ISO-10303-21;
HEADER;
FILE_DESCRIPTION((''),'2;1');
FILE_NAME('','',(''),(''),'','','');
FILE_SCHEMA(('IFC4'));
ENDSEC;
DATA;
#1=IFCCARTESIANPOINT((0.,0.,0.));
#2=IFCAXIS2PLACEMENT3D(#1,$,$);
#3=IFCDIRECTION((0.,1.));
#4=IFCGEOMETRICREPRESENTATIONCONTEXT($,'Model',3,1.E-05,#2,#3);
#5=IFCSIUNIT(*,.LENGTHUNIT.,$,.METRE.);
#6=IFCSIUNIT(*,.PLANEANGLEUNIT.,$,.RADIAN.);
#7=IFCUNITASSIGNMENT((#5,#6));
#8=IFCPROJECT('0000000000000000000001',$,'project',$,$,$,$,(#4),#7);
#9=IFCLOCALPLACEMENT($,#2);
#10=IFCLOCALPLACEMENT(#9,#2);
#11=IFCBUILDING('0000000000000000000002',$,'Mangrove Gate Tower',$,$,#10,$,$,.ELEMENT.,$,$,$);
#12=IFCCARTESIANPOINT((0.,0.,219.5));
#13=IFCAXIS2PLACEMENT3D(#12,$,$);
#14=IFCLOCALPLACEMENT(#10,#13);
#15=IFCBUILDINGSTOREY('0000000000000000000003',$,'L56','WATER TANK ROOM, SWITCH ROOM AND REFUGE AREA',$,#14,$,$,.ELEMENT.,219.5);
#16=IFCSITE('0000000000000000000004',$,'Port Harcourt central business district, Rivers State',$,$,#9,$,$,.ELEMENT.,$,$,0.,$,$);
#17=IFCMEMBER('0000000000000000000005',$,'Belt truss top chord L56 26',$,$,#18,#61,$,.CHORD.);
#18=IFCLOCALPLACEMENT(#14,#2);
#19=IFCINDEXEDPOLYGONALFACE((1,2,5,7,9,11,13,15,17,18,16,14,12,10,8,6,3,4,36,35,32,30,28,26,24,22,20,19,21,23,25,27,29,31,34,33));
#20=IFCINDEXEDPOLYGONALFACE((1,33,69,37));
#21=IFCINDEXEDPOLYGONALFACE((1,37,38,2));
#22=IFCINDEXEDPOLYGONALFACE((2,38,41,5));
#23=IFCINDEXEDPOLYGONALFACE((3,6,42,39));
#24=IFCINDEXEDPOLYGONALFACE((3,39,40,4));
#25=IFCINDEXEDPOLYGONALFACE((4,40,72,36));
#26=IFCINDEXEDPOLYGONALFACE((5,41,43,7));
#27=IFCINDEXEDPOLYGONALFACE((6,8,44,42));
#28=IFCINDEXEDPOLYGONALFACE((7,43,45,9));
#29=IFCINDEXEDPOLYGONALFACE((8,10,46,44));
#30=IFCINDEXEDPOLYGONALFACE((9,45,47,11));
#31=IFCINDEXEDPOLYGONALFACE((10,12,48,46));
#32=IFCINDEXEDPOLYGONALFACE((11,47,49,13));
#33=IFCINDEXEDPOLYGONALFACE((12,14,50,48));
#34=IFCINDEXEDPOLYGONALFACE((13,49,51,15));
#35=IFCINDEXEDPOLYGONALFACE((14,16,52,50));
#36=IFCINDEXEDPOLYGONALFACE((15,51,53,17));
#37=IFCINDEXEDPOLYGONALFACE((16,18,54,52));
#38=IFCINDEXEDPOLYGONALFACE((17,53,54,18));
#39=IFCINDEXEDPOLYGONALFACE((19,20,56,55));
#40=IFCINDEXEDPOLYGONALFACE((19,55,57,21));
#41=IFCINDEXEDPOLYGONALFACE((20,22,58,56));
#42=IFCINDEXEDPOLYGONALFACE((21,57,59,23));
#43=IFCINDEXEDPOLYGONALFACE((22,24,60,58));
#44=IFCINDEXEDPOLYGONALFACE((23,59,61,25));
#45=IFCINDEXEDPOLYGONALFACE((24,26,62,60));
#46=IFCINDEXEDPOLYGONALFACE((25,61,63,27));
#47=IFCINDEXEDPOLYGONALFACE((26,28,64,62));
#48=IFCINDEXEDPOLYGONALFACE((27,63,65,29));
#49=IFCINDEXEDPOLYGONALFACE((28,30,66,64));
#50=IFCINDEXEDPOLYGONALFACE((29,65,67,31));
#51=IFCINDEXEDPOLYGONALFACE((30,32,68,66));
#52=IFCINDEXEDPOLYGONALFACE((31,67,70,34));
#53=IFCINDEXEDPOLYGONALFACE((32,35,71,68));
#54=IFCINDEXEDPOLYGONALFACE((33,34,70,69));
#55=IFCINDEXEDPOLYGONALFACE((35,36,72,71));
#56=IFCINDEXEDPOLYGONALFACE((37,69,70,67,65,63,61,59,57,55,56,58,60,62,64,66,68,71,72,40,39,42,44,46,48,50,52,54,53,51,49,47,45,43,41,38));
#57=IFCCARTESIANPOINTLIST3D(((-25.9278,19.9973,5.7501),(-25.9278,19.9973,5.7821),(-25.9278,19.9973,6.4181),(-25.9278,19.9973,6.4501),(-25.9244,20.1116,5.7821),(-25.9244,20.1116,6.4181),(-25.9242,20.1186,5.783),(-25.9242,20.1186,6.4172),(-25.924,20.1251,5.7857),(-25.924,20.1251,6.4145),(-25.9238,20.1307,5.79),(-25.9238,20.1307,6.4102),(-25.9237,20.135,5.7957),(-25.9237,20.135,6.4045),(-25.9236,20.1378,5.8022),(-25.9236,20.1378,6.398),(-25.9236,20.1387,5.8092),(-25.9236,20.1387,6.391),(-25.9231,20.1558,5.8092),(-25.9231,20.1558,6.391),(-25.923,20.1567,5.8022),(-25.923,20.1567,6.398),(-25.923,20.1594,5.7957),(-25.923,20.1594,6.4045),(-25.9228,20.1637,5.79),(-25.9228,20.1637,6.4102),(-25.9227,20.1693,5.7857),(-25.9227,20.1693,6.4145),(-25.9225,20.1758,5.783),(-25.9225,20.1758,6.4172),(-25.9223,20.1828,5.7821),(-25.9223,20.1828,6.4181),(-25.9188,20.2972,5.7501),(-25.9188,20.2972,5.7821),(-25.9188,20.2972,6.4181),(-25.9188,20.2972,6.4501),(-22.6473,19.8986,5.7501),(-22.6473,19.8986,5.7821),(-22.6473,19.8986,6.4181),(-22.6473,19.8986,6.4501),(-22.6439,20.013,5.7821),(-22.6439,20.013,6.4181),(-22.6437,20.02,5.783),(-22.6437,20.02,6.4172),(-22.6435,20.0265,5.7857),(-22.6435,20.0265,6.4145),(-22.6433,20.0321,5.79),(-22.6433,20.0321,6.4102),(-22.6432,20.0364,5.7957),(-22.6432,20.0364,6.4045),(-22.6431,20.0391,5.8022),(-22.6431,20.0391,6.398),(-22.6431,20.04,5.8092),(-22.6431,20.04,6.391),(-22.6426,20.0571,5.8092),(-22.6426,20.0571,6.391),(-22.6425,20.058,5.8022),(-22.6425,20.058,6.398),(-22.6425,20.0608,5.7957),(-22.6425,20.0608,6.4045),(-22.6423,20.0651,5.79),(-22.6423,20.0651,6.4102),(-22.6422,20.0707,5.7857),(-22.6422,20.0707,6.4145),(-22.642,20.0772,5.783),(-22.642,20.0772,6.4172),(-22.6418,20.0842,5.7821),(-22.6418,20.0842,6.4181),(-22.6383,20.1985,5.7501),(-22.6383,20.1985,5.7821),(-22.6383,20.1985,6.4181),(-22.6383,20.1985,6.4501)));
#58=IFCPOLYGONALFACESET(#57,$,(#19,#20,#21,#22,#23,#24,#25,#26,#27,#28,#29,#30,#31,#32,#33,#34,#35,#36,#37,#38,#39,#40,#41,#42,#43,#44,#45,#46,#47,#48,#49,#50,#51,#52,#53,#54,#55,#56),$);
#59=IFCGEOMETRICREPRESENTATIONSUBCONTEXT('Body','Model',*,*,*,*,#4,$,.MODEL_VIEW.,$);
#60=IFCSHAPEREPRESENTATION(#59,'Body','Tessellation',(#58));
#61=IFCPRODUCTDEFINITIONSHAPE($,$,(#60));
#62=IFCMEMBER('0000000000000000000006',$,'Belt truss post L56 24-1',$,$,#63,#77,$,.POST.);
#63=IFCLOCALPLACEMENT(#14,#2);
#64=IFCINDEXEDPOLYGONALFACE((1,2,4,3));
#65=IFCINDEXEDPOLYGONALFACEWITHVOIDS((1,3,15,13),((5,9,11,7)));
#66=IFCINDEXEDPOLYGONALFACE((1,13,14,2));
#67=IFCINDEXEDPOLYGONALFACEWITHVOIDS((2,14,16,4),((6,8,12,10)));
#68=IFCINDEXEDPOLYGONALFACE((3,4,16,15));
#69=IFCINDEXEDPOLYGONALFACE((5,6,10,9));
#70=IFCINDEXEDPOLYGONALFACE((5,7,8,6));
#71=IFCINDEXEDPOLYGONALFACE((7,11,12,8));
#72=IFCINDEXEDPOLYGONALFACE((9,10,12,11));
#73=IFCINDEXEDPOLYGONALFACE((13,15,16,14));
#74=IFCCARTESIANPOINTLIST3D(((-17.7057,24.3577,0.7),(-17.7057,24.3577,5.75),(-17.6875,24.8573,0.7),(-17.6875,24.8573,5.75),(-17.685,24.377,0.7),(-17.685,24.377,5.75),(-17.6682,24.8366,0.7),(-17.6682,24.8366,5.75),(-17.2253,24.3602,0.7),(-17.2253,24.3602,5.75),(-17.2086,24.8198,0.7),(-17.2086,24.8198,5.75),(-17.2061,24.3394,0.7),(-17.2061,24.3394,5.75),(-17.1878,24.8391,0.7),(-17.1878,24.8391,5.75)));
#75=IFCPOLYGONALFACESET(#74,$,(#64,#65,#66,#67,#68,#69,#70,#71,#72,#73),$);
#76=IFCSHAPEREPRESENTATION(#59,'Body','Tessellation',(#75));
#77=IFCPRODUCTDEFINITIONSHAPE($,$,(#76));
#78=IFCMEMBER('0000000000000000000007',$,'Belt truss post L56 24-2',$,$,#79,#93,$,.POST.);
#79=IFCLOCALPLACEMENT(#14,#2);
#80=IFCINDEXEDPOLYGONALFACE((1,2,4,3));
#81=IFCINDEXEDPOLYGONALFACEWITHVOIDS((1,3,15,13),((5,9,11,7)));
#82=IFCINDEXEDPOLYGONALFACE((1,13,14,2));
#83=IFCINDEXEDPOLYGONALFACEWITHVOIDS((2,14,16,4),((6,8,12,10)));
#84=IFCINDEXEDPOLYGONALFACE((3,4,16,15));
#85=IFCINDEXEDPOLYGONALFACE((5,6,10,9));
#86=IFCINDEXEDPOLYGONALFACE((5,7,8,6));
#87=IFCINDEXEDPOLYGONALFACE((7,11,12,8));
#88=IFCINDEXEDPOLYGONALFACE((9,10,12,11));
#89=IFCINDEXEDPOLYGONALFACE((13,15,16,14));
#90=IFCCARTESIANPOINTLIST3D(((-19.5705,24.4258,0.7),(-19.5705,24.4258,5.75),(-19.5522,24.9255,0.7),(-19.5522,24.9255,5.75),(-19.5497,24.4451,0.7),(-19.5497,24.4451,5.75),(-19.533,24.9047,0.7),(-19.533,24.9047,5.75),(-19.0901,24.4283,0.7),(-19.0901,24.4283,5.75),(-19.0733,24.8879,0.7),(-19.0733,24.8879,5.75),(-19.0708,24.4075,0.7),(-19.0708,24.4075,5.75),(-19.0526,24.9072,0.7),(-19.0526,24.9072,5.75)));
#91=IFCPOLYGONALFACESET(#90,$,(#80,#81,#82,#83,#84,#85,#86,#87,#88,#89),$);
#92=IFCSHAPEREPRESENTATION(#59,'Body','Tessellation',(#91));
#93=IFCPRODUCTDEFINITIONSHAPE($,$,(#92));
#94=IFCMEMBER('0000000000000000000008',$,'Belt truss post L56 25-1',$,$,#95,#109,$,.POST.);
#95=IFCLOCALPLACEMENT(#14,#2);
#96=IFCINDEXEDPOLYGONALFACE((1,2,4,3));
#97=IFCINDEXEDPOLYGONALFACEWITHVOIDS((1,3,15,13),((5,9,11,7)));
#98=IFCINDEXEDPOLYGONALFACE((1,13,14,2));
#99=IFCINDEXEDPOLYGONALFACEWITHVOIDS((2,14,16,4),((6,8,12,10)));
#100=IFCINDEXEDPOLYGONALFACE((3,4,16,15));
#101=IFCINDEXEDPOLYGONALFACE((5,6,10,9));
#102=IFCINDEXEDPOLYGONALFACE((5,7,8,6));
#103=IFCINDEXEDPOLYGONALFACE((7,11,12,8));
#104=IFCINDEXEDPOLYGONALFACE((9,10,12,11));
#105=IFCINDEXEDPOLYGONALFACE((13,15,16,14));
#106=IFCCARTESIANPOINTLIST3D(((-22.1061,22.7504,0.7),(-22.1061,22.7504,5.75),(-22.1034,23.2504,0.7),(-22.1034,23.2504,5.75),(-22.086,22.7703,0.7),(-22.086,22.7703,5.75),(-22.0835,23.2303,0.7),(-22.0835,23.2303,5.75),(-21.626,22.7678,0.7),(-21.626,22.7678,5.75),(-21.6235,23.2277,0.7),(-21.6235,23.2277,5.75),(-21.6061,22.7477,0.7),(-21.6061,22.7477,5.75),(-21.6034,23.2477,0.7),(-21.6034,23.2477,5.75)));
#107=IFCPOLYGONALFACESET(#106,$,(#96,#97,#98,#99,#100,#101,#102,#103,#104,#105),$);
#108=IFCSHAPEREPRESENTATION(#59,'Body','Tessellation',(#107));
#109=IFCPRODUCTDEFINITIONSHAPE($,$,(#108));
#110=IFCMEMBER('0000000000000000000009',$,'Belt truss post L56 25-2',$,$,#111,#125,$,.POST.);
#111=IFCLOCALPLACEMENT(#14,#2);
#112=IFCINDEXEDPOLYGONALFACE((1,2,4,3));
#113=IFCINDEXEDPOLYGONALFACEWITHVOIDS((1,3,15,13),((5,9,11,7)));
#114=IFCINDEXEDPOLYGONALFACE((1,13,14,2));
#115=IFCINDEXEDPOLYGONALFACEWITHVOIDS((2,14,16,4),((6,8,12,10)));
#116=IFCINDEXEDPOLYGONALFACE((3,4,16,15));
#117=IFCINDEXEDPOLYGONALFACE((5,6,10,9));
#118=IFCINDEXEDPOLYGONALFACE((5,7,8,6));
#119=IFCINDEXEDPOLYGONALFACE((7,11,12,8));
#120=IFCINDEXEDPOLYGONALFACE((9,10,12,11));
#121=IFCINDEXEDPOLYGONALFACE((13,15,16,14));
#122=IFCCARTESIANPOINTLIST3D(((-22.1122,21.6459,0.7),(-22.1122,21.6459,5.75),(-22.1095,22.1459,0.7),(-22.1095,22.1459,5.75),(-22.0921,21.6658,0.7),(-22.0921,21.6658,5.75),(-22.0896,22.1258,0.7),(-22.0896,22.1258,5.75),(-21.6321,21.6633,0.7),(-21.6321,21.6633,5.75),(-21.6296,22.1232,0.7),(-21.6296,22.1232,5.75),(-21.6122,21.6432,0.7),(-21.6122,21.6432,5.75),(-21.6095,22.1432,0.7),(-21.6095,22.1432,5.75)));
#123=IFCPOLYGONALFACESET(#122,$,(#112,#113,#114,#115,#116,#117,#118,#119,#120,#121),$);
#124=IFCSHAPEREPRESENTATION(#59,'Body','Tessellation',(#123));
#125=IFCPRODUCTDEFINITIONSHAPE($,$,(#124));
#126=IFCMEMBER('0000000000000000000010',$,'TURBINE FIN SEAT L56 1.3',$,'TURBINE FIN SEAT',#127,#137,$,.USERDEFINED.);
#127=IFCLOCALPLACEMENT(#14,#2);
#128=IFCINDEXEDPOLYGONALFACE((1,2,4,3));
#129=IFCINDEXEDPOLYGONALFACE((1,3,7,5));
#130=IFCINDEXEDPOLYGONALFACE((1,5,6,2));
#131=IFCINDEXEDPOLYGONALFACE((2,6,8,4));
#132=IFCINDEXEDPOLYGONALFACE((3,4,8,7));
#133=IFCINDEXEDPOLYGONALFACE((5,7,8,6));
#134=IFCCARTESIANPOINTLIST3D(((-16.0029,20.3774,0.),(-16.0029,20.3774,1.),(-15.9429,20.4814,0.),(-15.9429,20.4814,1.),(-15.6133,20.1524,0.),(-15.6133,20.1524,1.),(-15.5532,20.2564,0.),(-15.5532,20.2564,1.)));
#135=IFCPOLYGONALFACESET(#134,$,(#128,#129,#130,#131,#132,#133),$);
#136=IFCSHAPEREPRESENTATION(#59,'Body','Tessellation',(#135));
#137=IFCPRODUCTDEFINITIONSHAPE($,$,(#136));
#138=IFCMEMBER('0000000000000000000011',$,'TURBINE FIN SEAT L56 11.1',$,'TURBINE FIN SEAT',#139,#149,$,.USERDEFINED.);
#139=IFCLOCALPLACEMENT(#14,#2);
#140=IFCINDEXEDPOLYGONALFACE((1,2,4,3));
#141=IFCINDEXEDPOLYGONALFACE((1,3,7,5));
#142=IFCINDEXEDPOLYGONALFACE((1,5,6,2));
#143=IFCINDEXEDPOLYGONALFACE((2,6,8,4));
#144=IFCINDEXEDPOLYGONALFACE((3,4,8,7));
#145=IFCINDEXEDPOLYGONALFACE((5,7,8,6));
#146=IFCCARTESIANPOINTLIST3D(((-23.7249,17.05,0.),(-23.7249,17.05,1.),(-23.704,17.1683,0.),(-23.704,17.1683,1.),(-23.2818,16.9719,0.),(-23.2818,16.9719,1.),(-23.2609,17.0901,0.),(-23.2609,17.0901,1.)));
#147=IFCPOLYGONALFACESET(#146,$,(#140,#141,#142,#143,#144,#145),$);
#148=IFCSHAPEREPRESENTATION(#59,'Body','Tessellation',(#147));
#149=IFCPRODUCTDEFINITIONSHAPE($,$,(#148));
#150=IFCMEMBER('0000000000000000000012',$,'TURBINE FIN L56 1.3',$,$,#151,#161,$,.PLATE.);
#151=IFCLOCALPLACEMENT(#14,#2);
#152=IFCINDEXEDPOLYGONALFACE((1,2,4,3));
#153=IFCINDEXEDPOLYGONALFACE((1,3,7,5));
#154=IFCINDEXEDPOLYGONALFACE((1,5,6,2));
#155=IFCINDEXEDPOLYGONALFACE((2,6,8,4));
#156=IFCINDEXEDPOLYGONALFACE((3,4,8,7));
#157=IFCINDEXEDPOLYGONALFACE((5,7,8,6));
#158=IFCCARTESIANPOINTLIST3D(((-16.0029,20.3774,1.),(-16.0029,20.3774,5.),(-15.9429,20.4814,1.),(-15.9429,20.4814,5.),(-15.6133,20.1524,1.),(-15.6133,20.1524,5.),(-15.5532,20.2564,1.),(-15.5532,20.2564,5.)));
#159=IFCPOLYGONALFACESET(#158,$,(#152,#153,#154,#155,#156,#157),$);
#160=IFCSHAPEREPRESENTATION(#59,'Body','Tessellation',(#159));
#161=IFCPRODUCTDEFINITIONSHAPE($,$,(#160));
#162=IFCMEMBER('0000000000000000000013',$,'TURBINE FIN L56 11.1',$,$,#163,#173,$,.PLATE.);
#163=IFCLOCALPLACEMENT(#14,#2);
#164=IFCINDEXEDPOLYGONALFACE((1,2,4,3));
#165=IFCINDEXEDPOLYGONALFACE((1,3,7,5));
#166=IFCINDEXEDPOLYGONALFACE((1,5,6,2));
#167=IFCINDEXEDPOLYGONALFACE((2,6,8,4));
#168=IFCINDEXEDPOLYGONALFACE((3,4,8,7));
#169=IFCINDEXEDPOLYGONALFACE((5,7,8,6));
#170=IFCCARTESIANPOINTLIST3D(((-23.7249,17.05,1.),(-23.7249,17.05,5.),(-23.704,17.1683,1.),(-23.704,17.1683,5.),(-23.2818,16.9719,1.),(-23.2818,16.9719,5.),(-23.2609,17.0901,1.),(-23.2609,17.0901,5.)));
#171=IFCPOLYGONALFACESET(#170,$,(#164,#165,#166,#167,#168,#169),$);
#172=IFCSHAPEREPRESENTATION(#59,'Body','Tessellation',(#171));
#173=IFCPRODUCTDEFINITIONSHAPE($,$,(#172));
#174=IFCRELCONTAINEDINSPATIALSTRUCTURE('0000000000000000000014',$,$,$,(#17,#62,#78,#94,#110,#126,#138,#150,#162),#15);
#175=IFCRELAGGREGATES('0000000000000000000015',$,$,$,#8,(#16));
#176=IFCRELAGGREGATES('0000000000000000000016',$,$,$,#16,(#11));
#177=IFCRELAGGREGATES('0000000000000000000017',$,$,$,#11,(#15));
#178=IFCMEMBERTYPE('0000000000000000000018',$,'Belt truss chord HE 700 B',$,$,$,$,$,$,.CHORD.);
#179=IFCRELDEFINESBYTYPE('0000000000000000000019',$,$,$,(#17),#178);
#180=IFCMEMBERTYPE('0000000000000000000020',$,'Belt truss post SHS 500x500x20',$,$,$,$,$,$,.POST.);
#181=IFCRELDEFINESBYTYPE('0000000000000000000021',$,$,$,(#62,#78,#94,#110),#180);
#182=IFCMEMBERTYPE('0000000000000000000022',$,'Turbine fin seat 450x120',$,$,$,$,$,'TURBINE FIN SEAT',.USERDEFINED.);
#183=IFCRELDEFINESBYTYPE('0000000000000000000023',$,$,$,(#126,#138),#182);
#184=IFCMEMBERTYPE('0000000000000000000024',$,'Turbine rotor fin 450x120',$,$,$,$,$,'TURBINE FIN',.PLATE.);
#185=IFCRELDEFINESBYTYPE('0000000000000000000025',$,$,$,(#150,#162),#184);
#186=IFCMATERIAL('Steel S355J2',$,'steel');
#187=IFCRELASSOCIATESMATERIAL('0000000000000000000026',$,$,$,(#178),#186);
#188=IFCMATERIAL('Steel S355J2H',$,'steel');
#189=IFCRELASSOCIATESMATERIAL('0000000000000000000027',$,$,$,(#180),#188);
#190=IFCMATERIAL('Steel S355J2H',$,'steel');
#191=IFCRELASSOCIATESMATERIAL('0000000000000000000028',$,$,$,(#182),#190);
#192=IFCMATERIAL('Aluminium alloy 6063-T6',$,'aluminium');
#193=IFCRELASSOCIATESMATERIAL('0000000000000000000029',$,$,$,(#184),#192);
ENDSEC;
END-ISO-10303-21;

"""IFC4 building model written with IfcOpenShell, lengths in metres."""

from ifc_helpers import new_model, si_unit, direction, frame, origin, origin_2d, place, context, subcontext, project, spatial, rectangle, hollow_rectangle, i_section, extrude, material, material_profile, profile_set, type_object, element, save


model = new_model("IFC4")

# Units and contexts
model_context = context("Model", 3, precision=1e-05, world=origin(), true_north=direction((0.0, 1.0)))
body_context = subcontext(model_context, "Body", "Model", "MODEL_VIEW")
ifc_project = project(units=[si_unit("LENGTHUNIT", "METRE"), si_unit("PLANEANGLEUNIT", "RADIAN")], contexts=[model_context])

# Site, building, storey
site_placement = place(None, origin())
site = spatial("IfcSite", under=ifc_project, at=site_placement, Name="Port Harcourt central business district, Rivers State", CompositionType="ELEMENT", RefElevation=0.0)
building_placement = place(site_placement, origin())
building = spatial("IfcBuilding", under=site, at=building_placement, Name="Mangrove Gate Tower", CompositionType="ELEMENT")
storey_placement = place(building_placement, frame((0.0, 0.0, 219.5)))
storey = spatial("IfcBuildingStorey", under=building, at=storey_placement, Name="L56", Description="WATER TANK ROOM, SWITCH ROOM AND REFUGE AREA", CompositionType="ELEMENT", Elevation=219.5)

# Members
ifc_material_1 = material(Name="Steel S355J2", Category="steel")
ifc_material_profile_1 = material_profile(ifc_material_1, i_section(OverallWidth=0.3, OverallDepth=0.7, WebThickness=0.0171, FlangeThickness=0.032, FilletRadius=0.0271, at=origin_2d()))
ifc_profile_set_1 = profile_set([ifc_material_profile_1], Name="Steel S355J2")
member_type_1 = type_object("IfcMemberType", Name="Belt truss chord HE 700 B", PredefinedType="CHORD", material=ifc_profile_set_1)
for number, where, z_axis, x_axis, name in (
    (1, (-22.6428, 20.0486, 6.1001), (-0.999548, 0.030053, 0.0), (-0.030053, -0.999548, 0.0), "Belt truss top chord L56 26"),
):
    element("IfcMember", number, at=place(storey_placement, frame(where, z_axis=z_axis, x_axis=x_axis)), inside=storey, type_object=member_type_1, Name=name, PredefinedType="CHORD", context=body_context, shape_type="SweptSolid", body=[
        extrude(i_section(OverallWidth=0.3, OverallDepth=0.7, WebThickness=0.0171, FlangeThickness=0.032, FilletRadius=0.0271, at=origin_2d()), origin(), (0.0, 0.0, 1.0), 3.282),
    ])
ifc_material_2 = material(Name="Steel S355J2H", Category="steel")
ifc_material_profile_2 = material_profile(ifc_material_2, hollow_rectangle(XDim=0.5, YDim=0.5, WallThickness=0.02, at=origin_2d()))
ifc_profile_set_2 = profile_set([ifc_material_profile_2], Name="Steel S355J2H")
member_type_2 = type_object("IfcMemberType", Name="Belt truss post SHS 500x500x20", PredefinedType="POST", material=ifc_profile_set_2)
for number, where, z_axis, x_axis, name in (
    (2, (-17.4468, 24.5984, 0.7), (0.0, 0.0, 1.0), (-0.999333, 0.036507, 0.0), "Belt truss post L56 24-1"),
    (3, (-19.3115, 24.6665, 0.7), (0.0, 0.0, 1.0), (-0.999333, 0.036507, 0.0), "Belt truss post L56 24-2"),
    (4, (-21.8547, 22.999, 0.7), (0.0, 0.0, 1.0), (-0.005475, -0.999985, 0.0), "Belt truss post L56 25-1"),
    (5, (-21.8608, 21.8945, 0.7), (0.0, 0.0, 1.0), (-0.005475, -0.999985, 0.0), "Belt truss post L56 25-2"),
):
    element("IfcMember", number, at=place(storey_placement, frame(where, z_axis=z_axis, x_axis=x_axis)), inside=storey, type_object=member_type_2, Name=name, PredefinedType="POST", context=body_context, shape_type="SweptSolid", body=[
        extrude(hollow_rectangle(XDim=0.5, YDim=0.5, WallThickness=0.02, at=origin_2d()), origin(), (0.0, 0.0, 1.0), 5.05),
    ])
ifc_material_3 = material(Name="Steel S355J2H", Category="steel")
ifc_material_profile_3 = material_profile(ifc_material_3, rectangle(XDim=0.45, YDim=0.1201, at=origin_2d()))
ifc_profile_set_3 = profile_set([ifc_material_profile_3], Name="Steel S355J2H")
member_type_3 = type_object("IfcMemberType", Name="Turbine fin seat 450x120", ElementType="TURBINE FIN SEAT", PredefinedType="USERDEFINED", material=ifc_profile_set_3)
for number, where, z_axis, x_axis, name in (
    (6, (-15.7781, 20.3169, 0.0), (0.0, 0.0, 1.0), (0.866025, -0.5, 0.0), "TURBINE FIN SEAT L56 1.3"),
    (7, (-23.4929, 17.0701, 0.0), (0.0, 0.0, 1.0), (-0.984808, 0.173648, 0.0), "TURBINE FIN SEAT L56 11.1"),
):
    element("IfcMember", number, at=place(storey_placement, frame(where, z_axis=z_axis, x_axis=x_axis)), inside=storey, type_object=member_type_3, Name=name, ObjectType="TURBINE FIN SEAT", PredefinedType="USERDEFINED", context=body_context, shape_type="SweptSolid", body=[
        extrude(rectangle(XDim=0.45, YDim=0.1201, at=origin_2d()), origin(), (0.0, 0.0, 1.0), 1.0),
    ])
ifc_material_4 = material(Name="Aluminium alloy 6063-T6", Category="aluminium")
ifc_material_profile_4 = material_profile(ifc_material_4, rectangle(XDim=0.45, YDim=0.1201, at=origin_2d()))
ifc_profile_set_4 = profile_set([ifc_material_profile_4], Name="Aluminium alloy 6063-T6")
member_type_4 = type_object("IfcMemberType", Name="Turbine rotor fin 450x120", ElementType="TURBINE FIN", PredefinedType="PLATE", material=ifc_profile_set_4)
for number, where, z_axis, x_axis, name in (
    (8, (-15.7781, 20.3169, 1.0), (0.0, 0.0, 1.0), (0.866025, -0.5, 0.0), "TURBINE FIN L56 1.3"),
    (9, (-23.4929, 17.0701, 1.0), (0.0, 0.0, 1.0), (-0.984808, 0.173648, 0.0), "TURBINE FIN L56 11.1"),
):
    element("IfcMember", number, at=place(storey_placement, frame(where, z_axis=z_axis, x_axis=x_axis)), inside=storey, type_object=member_type_4, Name=name, PredefinedType="PLATE", context=body_context, shape_type="SweptSolid", body=[
        extrude(rectangle(XDim=0.45, YDim=0.1201, at=origin_2d()), origin(), (0.0, 0.0, 1.0), 4.0),
    ])

save(model, "model.ifc")
